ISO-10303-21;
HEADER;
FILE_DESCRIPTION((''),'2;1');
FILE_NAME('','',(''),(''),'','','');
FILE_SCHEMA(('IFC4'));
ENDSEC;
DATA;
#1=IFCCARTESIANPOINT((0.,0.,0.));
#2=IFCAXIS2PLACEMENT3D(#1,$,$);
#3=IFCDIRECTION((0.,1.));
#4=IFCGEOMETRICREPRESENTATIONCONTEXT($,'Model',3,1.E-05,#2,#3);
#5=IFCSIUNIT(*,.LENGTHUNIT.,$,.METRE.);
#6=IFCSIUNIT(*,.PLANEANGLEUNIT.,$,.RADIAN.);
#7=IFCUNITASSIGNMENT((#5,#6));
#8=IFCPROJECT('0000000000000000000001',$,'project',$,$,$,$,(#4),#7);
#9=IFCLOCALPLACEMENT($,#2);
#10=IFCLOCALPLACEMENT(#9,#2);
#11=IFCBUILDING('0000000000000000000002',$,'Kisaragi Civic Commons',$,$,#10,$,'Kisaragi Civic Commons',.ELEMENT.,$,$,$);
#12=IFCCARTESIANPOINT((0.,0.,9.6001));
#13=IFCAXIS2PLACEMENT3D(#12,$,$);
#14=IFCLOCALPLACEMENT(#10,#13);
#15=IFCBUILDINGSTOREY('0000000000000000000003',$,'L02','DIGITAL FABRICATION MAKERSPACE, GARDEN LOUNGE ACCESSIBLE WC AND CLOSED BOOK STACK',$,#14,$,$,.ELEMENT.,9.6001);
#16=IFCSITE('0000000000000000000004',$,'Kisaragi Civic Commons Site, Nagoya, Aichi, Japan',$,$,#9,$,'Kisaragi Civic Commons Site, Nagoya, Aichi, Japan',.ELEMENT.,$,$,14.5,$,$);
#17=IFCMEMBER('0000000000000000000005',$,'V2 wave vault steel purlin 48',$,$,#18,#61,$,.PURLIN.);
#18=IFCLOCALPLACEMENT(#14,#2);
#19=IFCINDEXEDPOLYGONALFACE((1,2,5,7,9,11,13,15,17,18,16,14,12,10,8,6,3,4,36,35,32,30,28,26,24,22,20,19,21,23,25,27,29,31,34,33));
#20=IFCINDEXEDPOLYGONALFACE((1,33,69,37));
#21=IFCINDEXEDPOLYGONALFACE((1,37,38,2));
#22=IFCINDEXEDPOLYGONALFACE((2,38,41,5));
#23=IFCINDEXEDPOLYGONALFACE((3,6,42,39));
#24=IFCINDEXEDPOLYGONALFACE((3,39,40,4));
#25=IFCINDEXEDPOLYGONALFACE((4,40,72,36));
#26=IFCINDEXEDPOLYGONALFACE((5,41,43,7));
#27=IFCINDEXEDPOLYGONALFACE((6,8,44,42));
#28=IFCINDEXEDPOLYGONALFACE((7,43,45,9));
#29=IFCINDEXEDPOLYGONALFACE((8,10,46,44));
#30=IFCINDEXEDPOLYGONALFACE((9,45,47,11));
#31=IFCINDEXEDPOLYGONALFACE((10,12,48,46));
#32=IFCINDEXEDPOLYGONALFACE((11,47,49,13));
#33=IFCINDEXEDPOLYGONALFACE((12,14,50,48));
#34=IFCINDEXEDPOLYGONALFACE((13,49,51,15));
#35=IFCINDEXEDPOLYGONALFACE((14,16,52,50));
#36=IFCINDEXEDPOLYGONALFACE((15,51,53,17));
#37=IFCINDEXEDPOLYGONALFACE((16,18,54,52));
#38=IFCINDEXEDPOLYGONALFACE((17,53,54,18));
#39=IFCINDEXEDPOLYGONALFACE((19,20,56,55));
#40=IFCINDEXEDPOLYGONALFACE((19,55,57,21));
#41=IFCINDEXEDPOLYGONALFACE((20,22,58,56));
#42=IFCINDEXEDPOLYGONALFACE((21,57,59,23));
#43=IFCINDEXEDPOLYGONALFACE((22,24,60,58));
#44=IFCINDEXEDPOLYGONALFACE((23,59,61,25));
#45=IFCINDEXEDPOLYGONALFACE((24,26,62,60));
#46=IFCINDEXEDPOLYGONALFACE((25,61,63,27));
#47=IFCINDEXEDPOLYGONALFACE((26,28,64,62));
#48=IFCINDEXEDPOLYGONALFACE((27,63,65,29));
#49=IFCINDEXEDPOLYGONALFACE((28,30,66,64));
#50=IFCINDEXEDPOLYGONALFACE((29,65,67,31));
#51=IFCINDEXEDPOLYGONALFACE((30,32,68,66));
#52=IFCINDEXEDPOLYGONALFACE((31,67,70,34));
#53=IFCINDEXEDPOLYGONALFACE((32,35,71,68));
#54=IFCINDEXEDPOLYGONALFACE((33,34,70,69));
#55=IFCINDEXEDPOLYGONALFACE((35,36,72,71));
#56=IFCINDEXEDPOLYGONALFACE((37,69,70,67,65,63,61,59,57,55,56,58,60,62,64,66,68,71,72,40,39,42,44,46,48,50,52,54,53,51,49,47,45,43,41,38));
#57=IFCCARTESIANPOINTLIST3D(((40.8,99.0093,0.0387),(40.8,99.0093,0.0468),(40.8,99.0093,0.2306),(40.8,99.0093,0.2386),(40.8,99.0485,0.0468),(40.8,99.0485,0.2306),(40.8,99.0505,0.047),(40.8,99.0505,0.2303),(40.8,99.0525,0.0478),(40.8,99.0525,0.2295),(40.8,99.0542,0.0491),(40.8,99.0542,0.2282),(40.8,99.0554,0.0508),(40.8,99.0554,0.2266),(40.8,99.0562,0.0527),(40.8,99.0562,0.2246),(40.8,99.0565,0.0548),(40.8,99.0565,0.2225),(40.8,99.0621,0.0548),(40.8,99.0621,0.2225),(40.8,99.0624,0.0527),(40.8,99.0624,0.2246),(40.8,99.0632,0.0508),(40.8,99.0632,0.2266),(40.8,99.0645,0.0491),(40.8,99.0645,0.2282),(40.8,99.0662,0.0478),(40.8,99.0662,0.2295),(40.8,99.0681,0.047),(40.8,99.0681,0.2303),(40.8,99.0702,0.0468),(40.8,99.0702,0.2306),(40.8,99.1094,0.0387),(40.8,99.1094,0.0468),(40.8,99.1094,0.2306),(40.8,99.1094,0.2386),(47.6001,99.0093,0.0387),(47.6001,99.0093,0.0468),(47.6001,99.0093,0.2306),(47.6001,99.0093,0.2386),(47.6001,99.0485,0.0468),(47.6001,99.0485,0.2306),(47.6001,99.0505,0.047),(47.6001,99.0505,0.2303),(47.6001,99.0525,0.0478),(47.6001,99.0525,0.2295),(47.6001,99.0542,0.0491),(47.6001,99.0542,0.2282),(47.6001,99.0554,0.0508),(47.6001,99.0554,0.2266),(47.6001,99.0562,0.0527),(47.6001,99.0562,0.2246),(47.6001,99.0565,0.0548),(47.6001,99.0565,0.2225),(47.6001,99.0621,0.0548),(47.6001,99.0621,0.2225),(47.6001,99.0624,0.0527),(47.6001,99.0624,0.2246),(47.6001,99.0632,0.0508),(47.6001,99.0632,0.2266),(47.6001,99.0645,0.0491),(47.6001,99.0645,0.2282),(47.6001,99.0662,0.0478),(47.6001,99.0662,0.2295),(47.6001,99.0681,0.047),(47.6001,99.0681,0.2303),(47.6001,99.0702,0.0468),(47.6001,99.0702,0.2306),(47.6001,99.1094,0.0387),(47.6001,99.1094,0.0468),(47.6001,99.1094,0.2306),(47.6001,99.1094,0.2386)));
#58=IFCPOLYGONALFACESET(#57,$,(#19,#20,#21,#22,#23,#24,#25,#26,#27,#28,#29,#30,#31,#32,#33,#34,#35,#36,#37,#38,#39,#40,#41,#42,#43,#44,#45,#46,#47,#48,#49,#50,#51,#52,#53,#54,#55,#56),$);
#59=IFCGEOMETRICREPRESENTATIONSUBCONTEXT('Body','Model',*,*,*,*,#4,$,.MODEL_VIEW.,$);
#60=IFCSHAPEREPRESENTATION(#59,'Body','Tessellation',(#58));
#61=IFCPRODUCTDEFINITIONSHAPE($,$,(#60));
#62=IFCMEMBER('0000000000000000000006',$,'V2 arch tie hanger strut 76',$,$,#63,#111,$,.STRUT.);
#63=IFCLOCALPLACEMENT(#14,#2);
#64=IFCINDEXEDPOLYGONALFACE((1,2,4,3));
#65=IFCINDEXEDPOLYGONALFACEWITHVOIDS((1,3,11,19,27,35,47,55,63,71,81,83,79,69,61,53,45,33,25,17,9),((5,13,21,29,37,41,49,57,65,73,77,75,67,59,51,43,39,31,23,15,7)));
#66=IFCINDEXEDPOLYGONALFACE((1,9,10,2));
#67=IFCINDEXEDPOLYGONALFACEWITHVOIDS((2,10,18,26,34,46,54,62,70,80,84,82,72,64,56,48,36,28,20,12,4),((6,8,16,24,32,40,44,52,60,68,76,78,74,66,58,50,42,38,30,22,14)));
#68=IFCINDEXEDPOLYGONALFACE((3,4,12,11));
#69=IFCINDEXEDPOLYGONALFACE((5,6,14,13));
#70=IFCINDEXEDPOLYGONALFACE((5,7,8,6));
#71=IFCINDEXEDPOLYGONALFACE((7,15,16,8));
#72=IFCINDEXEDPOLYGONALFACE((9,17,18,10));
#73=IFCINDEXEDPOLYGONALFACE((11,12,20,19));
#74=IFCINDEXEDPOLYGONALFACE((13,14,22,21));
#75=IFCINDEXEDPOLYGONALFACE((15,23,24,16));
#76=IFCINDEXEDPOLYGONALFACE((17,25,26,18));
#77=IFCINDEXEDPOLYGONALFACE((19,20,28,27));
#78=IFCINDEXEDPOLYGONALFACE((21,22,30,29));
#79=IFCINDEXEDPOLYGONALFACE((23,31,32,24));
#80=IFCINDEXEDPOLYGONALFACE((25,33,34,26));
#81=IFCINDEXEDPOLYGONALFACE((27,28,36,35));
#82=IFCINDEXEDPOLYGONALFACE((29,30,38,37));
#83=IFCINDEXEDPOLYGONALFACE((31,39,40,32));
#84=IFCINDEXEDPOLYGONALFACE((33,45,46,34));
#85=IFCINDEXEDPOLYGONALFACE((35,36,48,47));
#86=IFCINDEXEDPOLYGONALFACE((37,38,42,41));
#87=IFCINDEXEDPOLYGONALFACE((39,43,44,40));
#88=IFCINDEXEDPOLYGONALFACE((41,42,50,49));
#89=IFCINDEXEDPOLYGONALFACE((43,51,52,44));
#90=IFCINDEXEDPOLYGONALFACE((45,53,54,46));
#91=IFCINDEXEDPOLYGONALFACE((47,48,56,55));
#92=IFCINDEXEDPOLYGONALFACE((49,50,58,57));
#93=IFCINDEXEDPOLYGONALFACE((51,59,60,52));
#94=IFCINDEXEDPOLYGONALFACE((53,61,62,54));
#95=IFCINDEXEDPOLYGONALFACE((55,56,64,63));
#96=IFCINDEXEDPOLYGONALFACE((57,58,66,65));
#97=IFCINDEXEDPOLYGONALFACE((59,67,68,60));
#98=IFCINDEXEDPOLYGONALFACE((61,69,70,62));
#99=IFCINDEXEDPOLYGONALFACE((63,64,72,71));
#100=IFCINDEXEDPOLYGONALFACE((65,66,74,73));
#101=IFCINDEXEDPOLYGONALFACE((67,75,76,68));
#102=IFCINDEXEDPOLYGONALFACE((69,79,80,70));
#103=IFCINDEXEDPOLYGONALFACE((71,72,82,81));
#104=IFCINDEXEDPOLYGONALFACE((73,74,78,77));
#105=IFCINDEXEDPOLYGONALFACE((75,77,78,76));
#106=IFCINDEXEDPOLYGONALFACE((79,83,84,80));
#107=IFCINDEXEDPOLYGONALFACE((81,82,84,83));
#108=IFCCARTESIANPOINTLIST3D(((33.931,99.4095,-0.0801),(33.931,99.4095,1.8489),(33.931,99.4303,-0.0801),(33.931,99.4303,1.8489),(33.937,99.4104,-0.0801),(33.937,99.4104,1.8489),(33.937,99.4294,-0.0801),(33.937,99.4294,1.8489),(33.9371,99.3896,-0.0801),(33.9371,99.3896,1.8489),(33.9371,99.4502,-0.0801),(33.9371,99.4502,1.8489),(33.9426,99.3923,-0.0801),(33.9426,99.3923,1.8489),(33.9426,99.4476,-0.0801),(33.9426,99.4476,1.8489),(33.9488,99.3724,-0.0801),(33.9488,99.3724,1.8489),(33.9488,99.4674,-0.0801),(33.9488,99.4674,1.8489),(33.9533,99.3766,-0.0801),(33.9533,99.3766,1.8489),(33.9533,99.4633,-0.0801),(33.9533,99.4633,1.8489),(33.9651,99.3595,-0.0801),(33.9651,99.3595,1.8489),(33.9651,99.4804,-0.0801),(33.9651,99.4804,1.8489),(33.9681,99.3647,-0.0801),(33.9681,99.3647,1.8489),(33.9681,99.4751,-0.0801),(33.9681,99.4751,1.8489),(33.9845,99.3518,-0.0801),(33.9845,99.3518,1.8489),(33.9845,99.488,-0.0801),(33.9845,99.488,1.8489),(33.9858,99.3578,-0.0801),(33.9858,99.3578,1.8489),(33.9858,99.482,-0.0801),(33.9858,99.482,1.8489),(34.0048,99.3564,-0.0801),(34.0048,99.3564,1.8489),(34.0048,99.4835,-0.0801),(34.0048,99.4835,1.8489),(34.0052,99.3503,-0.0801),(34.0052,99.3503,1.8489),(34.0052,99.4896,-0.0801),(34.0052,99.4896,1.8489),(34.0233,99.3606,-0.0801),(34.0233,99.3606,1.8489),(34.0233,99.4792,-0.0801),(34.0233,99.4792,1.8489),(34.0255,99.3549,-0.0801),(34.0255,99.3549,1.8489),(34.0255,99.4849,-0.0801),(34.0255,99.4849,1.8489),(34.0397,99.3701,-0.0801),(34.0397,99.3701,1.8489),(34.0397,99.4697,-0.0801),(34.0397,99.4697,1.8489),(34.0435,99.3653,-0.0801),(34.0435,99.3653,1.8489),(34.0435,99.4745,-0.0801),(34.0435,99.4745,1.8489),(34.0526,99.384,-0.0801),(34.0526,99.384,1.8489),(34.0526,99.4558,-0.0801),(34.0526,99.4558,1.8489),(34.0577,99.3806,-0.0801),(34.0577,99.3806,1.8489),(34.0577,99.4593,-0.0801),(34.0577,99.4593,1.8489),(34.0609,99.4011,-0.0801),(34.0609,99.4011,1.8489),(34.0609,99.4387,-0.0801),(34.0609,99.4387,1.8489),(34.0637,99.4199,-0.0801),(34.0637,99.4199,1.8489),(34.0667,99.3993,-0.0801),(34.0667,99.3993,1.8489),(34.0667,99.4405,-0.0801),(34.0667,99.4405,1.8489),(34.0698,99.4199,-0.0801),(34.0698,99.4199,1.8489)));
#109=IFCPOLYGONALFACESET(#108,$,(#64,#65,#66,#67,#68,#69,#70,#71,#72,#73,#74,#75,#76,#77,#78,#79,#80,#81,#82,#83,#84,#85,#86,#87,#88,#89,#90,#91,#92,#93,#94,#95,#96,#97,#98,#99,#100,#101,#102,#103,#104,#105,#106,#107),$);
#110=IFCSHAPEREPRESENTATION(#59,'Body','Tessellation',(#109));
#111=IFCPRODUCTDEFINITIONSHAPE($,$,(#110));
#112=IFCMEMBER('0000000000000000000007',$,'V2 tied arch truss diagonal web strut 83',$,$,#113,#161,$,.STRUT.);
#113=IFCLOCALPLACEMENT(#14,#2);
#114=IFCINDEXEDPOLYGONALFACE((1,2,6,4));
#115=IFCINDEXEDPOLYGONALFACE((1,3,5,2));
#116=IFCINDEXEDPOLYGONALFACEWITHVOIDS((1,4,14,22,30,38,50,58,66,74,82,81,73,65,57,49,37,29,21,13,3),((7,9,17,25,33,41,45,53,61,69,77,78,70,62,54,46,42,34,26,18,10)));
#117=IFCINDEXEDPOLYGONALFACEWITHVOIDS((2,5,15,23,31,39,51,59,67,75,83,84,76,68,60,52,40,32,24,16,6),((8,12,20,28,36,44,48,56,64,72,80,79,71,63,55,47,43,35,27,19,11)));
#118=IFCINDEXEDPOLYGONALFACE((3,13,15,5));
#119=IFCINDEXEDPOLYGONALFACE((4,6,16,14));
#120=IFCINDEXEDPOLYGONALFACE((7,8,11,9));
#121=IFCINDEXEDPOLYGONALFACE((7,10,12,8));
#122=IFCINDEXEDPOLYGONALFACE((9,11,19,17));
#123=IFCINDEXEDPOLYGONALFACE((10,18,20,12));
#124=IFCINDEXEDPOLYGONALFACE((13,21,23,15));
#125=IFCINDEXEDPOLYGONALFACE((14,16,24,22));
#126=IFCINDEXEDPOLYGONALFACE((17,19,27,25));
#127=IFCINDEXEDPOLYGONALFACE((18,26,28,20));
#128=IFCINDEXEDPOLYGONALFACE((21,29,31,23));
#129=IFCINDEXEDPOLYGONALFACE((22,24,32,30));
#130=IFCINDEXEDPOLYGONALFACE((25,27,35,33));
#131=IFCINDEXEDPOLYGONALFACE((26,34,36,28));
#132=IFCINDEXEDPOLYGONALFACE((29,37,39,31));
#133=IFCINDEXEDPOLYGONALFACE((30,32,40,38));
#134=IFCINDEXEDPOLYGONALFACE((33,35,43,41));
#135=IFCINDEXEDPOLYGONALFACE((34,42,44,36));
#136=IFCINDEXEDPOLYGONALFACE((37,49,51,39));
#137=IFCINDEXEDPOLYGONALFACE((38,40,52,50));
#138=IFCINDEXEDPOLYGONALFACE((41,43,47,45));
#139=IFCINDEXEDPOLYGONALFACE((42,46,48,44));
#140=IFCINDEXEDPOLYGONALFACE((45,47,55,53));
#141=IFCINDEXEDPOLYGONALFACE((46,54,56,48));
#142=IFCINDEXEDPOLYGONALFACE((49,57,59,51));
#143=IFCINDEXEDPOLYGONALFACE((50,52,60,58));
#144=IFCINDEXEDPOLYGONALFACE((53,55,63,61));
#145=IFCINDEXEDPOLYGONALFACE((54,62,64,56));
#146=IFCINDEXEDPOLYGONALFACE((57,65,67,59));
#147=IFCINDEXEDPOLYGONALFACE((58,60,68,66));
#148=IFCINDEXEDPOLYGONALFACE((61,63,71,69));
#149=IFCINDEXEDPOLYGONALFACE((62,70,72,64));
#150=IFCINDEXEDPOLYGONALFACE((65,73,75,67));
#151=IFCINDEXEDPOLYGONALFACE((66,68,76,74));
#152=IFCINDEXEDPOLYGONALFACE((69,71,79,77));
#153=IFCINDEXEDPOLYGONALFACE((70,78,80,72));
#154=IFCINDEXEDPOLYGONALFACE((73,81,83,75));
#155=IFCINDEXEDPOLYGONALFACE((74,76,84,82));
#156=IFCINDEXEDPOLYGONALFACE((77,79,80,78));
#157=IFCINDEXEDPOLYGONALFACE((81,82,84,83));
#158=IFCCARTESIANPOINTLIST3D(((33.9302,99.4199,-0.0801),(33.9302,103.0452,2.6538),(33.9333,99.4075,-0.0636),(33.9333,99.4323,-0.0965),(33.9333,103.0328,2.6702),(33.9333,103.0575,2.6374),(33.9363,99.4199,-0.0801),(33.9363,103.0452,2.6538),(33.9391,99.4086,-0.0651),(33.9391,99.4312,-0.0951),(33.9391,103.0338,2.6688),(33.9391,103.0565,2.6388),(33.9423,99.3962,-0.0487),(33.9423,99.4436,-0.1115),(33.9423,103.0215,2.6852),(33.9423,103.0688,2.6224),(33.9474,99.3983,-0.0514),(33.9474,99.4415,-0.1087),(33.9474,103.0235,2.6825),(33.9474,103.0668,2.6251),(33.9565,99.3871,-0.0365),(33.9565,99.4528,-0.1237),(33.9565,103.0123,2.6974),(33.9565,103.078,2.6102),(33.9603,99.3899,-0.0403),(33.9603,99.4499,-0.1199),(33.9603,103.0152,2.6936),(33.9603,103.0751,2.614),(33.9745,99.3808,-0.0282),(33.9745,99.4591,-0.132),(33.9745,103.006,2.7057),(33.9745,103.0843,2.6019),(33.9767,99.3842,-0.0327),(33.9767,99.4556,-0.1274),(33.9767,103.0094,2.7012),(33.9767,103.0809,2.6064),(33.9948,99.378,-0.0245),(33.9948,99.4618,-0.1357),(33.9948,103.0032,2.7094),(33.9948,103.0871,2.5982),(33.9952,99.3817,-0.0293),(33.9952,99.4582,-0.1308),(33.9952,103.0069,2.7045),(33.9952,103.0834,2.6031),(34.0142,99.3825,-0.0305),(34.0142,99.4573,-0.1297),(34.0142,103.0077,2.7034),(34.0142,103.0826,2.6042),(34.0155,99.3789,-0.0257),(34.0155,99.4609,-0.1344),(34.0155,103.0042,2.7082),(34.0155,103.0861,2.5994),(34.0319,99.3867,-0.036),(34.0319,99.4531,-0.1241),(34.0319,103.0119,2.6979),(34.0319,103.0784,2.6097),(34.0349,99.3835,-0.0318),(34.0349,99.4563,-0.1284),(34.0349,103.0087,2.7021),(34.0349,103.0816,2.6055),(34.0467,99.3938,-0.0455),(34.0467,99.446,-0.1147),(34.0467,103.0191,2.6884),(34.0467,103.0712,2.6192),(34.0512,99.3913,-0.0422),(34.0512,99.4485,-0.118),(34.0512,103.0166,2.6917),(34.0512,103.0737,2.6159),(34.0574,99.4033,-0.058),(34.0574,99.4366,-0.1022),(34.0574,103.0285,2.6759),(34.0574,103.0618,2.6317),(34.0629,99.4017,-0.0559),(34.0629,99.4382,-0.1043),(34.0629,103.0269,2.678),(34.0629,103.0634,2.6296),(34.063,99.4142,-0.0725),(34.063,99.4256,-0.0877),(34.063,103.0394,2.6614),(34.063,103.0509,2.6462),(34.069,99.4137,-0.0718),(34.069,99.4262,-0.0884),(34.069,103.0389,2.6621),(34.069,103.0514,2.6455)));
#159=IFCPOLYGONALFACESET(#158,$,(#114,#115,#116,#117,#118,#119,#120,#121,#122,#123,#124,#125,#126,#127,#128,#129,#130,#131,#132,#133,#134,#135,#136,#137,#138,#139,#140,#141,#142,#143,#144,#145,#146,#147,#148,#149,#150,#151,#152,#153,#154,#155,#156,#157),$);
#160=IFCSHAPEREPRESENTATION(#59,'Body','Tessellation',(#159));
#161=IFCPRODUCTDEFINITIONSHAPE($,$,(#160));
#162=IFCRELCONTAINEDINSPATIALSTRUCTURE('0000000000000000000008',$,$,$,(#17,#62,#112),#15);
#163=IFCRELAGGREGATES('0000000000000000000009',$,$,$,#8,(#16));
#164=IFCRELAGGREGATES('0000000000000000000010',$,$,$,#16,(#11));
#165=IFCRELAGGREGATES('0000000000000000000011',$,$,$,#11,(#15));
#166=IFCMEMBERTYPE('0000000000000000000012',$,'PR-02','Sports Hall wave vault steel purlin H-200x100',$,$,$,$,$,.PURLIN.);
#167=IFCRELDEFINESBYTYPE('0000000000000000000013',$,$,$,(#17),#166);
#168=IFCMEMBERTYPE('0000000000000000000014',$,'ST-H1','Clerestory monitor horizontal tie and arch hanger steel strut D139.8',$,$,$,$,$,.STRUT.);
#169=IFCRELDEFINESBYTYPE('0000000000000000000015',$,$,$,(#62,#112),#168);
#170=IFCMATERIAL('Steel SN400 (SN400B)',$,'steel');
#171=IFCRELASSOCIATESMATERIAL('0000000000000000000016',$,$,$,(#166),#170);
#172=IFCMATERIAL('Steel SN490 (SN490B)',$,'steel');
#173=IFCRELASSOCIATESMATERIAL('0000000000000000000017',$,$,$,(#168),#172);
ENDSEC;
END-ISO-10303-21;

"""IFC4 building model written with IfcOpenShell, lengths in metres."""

from ifc_helpers import new_model, si_unit, direction, frame, origin, origin_2d, place, context, subcontext, project, spatial, hollow_circle, i_section, extrude, material, material_profile, profile_set, type_object, element, save


model = new_model("IFC4")

# Units and contexts
model_context = context("Model", 3, precision=1e-05, world=origin(), true_north=direction((0.0, 1.0)))
body_context = subcontext(model_context, "Body", "Model", "MODEL_VIEW")
ifc_project = project(units=[si_unit("LENGTHUNIT", "METRE"), si_unit("PLANEANGLEUNIT", "RADIAN")], contexts=[model_context])

# Site, building, storey
site_placement = place(None, origin())
site = spatial("IfcSite", under=ifc_project, at=site_placement, Name="Kisaragi Civic Commons Site, Nagoya, Aichi, Japan", LongName="Kisaragi Civic Commons Site, Nagoya, Aichi, Japan", CompositionType="ELEMENT", RefElevation=14.5)
building_placement = place(site_placement, origin())
building = spatial("IfcBuilding", under=site, at=building_placement, Name="Kisaragi Civic Commons", LongName="Kisaragi Civic Commons", CompositionType="ELEMENT")
storey_placement = place(building_placement, frame((0.0, 0.0, 9.6001)))
storey = spatial("IfcBuildingStorey", under=building, at=storey_placement, Name="L02", Description="DIGITAL FABRICATION MAKERSPACE, GARDEN LOUNGE ACCESSIBLE WC AND CLOSED BOOK STACK", CompositionType="ELEMENT", Elevation=9.6001)

# Members
ifc_material_1 = material(Name="Steel SN490 (SN490B)", Category="steel")
ifc_material_2 = material(Name="Steel SN400 (SN400B)", Category="steel")
ifc_material_profile_1 = material_profile(ifc_material_2, i_section(OverallWidth=0.1001, OverallDepth=0.2, WebThickness=0.0056, FlangeThickness=0.0081, FilletRadius=0.0081, at=origin_2d()), Name="H-200x100x5.5x8", Category="steel")
ifc_profile_set_1 = profile_set([ifc_material_profile_1], Name="Steel SN400 (SN400B)")
member_type_1 = type_object("IfcMemberType", Name="PR-02", Description="Sports Hall wave vault steel purlin H-200x100", PredefinedType="PURLIN", material=ifc_profile_set_1)
member_1_placement = place(storey_placement, frame((40.8, 99.0593, 0.1387), z_axis=(1.0, 0.0, 0.0), x_axis=(0.0, 1.0, 0.0)))
element("IfcMember", 1, at=member_1_placement, inside=storey, type_object=member_type_1, Name="V2 wave vault steel purlin 48", PredefinedType="PURLIN", context=body_context, shape_type="SweptSolid", body=[
    extrude(i_section(OverallWidth=0.1001, OverallDepth=0.2, WebThickness=0.0056, FlangeThickness=0.0081, FilletRadius=0.0081, at=origin_2d()), origin(), (0.0, 0.0, 1.0), 6.8),
])
ifc_material_profile_2 = material_profile(ifc_material_1, hollow_circle(Radius=0.0698, WallThickness=0.0061, at=origin_2d()), Name="CHS-139.8x6.0", Category="steel")
ifc_profile_set_2 = profile_set([ifc_material_profile_2], Name="Steel SN490 (SN490B)")
member_type_2 = type_object("IfcMemberType", Name="ST-H1", Description="Clerestory monitor horizontal tie and arch hanger steel strut D139.8", PredefinedType="STRUT", material=ifc_profile_set_2)
member_2_placement = place(storey_placement, frame((34.0, 99.4199, -0.0801), z_axis=(0.0, 0.0, 1.0), x_axis=(1.0, 0.0, 0.0)))
element("IfcMember", 2, at=member_2_placement, inside=storey, type_object=member_type_2, Name="V2 arch tie hanger strut 76", PredefinedType="STRUT", context=body_context, shape_type="SweptSolid", body=[
    extrude(hollow_circle(Radius=0.0698, WallThickness=0.0061, at=origin_2d()), origin(), (0.0, 0.0, 1.0), 1.929),
])
member_3_placement = place(storey_placement, frame((34.0, 99.4199, -0.0801), z_axis=(0.0, 0.798416, 0.602106), x_axis=(-1.0, 0.0, 0.0)))
element("IfcMember", 3, at=member_3_placement, inside=storey, type_object=member_type_2, Name="V2 tied arch truss diagonal web strut 83", PredefinedType="STRUT", context=body_context, shape_type="SweptSolid", body=[
    extrude(hollow_circle(Radius=0.0698, WallThickness=0.0061, at=origin_2d()), origin(), (0.0, 0.0, 1.0), 4.5405),
])

save(model, "model.ifc")
